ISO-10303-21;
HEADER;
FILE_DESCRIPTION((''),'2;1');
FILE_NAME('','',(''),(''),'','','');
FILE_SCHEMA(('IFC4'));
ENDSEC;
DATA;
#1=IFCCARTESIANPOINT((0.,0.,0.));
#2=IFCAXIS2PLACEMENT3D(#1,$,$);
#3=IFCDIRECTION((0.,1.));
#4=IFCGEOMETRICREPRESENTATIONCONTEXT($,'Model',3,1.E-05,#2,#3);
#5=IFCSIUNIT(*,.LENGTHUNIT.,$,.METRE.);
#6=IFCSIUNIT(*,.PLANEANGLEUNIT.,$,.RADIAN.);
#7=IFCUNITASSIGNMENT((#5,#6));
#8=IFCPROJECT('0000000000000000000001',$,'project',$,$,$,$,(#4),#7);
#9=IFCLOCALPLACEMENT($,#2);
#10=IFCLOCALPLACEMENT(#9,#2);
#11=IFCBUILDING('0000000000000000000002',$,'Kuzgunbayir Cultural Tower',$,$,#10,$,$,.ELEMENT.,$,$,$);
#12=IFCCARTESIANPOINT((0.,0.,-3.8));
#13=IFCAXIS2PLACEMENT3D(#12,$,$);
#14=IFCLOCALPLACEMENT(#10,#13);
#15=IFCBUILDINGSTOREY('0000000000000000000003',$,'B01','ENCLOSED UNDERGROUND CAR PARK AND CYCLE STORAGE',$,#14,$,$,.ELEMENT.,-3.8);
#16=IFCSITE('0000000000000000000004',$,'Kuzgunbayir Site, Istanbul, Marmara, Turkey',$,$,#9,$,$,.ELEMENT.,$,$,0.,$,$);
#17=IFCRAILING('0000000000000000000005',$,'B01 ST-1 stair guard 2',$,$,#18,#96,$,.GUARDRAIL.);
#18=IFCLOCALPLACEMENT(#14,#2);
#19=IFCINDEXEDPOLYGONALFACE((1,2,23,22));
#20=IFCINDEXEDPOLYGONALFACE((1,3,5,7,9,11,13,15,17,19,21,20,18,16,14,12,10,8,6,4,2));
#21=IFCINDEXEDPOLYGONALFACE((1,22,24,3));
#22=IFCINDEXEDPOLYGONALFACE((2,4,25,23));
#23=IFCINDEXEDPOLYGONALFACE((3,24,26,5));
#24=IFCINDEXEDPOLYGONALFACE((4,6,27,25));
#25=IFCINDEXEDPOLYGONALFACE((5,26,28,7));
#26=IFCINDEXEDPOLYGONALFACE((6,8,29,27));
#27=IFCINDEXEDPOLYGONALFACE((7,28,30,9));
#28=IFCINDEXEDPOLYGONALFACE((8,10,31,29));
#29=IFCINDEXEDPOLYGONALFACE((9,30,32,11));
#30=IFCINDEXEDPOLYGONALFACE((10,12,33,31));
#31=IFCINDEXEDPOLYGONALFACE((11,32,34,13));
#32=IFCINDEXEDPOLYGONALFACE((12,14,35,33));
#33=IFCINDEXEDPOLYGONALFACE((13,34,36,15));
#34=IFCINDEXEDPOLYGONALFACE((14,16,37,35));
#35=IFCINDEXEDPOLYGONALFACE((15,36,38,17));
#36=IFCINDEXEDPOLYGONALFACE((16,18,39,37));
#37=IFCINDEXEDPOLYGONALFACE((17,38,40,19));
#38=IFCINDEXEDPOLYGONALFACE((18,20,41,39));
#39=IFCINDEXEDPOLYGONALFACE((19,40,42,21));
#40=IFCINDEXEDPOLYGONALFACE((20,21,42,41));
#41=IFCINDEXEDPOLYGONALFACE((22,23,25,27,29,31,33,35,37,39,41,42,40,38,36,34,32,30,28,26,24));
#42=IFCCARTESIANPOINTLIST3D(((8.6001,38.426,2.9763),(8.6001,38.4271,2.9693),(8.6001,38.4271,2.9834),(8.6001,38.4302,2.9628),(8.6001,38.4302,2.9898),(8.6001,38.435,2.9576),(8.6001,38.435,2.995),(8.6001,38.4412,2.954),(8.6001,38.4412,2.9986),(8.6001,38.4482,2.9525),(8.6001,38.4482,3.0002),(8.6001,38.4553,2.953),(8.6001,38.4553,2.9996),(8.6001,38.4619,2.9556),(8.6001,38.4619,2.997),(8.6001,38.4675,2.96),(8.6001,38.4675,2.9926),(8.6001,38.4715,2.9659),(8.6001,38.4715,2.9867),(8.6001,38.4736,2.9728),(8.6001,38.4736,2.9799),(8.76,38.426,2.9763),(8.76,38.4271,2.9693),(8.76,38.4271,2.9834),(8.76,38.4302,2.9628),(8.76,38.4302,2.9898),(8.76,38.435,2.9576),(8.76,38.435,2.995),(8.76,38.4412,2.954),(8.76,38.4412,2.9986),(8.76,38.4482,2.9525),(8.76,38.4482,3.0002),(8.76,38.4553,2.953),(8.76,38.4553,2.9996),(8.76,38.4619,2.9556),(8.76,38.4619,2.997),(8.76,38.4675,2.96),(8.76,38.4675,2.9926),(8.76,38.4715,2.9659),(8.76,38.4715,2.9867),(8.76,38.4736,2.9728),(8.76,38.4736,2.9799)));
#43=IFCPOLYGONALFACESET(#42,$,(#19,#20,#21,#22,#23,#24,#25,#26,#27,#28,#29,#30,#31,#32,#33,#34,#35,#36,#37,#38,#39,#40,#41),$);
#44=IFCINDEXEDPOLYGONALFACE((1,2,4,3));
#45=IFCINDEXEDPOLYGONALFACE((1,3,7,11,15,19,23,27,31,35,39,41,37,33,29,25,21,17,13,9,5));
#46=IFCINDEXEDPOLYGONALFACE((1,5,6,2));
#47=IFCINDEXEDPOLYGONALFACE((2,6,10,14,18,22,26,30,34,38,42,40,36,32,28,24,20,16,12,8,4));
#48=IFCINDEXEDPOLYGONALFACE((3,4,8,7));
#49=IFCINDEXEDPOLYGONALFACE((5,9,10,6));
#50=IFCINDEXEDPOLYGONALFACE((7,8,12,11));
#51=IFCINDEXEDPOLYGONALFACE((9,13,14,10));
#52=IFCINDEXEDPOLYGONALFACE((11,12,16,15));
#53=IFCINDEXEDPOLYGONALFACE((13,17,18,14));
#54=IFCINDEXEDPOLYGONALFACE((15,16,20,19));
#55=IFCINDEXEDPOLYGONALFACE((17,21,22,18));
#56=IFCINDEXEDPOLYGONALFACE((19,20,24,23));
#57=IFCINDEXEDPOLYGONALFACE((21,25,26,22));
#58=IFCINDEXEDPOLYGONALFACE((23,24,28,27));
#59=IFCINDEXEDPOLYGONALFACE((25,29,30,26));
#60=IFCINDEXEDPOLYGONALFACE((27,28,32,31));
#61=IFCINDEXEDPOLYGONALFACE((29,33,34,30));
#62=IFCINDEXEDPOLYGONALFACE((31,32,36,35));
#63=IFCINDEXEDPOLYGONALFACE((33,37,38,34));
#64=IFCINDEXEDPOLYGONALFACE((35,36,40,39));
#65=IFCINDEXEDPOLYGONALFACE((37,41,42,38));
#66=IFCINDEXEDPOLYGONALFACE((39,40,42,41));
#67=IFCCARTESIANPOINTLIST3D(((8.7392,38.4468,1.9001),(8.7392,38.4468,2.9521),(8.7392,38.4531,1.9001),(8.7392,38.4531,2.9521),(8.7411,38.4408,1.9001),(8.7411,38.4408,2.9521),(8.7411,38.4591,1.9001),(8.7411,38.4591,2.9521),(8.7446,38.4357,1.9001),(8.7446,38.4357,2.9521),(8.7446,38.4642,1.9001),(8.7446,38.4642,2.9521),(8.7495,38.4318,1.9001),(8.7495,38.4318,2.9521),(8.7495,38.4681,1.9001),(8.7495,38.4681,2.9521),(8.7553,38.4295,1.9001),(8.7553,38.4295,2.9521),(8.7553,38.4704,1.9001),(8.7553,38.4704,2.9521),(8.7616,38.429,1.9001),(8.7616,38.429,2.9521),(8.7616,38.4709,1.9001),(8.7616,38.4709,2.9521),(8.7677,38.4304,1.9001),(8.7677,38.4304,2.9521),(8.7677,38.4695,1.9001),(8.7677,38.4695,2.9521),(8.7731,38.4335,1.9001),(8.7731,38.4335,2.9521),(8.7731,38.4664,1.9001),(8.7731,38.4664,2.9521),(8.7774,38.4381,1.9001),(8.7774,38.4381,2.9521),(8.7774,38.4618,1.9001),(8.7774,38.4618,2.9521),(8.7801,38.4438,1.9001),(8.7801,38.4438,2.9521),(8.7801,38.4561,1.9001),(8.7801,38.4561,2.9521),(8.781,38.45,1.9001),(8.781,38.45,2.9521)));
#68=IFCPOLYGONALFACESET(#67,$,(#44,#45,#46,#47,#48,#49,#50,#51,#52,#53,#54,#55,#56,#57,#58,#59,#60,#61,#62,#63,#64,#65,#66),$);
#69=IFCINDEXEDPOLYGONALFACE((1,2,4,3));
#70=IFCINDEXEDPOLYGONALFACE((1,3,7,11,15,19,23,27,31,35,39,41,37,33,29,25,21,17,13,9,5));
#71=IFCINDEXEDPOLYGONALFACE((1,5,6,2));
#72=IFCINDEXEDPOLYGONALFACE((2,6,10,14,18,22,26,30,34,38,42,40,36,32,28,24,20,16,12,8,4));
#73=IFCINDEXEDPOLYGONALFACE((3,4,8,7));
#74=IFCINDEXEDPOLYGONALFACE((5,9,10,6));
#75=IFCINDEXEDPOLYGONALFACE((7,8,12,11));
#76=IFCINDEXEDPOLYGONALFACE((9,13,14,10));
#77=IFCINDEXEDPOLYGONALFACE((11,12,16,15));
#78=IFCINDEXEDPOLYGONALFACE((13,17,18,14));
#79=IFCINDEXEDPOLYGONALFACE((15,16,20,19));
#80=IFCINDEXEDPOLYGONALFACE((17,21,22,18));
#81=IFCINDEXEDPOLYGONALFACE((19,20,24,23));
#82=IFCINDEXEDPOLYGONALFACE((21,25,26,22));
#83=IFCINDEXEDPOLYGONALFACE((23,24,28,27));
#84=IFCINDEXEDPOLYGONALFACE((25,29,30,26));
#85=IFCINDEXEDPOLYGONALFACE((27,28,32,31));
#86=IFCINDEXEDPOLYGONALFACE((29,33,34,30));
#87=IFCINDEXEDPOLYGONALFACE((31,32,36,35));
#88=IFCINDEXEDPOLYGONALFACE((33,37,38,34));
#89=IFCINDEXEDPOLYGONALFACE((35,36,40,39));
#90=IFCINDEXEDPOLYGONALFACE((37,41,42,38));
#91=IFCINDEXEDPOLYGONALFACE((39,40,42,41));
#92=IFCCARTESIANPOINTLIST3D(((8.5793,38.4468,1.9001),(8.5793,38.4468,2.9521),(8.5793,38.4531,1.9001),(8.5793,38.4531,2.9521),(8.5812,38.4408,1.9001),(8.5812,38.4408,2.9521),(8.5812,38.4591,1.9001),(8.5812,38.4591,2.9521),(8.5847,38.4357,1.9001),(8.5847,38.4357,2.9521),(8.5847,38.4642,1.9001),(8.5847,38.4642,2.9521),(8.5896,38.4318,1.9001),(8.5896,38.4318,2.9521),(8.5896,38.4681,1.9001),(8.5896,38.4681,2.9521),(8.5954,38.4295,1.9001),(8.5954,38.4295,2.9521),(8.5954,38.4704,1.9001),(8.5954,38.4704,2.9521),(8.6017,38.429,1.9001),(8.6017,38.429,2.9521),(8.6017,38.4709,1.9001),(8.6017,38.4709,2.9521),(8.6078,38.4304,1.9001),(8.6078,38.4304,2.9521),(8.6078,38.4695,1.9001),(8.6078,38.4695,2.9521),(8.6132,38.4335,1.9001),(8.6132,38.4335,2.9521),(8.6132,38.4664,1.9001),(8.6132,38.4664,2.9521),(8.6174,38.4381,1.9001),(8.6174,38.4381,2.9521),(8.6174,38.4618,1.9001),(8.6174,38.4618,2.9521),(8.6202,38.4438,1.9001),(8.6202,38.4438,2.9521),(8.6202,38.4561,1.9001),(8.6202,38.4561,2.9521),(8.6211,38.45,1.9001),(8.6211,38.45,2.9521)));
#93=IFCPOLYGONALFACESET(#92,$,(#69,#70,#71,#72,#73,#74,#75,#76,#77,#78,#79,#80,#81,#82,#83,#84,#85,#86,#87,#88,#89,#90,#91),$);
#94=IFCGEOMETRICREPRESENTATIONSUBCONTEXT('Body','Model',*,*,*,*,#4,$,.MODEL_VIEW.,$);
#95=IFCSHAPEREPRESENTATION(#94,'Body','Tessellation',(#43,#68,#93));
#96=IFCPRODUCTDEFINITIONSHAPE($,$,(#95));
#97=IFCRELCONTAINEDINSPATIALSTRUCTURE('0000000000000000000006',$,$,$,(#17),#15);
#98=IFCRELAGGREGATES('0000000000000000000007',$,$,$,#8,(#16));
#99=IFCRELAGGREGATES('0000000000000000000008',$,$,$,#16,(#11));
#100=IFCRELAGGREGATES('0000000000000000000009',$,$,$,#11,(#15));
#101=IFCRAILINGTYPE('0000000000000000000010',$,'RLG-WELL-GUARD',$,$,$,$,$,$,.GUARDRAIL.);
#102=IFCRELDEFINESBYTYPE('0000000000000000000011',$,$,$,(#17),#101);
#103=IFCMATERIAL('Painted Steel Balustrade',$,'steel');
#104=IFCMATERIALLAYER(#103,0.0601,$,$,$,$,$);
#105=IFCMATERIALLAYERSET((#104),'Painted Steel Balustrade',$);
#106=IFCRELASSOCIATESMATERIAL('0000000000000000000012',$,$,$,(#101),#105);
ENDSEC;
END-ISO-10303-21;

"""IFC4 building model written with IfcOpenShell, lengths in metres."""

from ifc_helpers import new_model, si_unit, direction, frame, origin, origin_2d, place, context, subcontext, project, spatial, circle, extrude, material, layer, layer_set, type_object, element, save


model = new_model("IFC4")

# Units and contexts
model_context = context("Model", 3, precision=1e-05, world=origin(), true_north=direction((0.0, 1.0)))
body_context = subcontext(model_context, "Body", "Model", "MODEL_VIEW")
ifc_project = project(units=[si_unit("LENGTHUNIT", "METRE"), si_unit("PLANEANGLEUNIT", "RADIAN")], contexts=[model_context])

# Site, building, storey
site_placement = place(None, origin())
site = spatial("IfcSite", under=ifc_project, at=site_placement, Name="Kuzgunbayir Site, Istanbul, Marmara, Turkey", CompositionType="ELEMENT", RefElevation=0.0)
building_placement = place(site_placement, origin())
building = spatial("IfcBuilding", under=site, at=building_placement, Name="Kuzgunbayir Cultural Tower", CompositionType="ELEMENT")
storey_placement = place(building_placement, frame((0.0, 0.0, -3.8)))
storey = spatial("IfcBuildingStorey", under=building, at=storey_placement, Name="B01", Description="ENCLOSED UNDERGROUND CAR PARK AND CYCLE STORAGE", CompositionType="ELEMENT", Elevation=-3.8)

# Railing
ifc_material_1 = material(Name="Painted Steel Balustrade", Category="steel")
ifc_layer_1 = layer(ifc_material_1, 0.0601)
ifc_layer_set_1 = layer_set([ifc_layer_1], Name="Painted Steel Balustrade")
railing_type_1 = type_object("IfcRailingType", Name="RLG-WELL-GUARD", PredefinedType="GUARDRAIL", material=ifc_layer_set_1)
railing_1_placement = place(storey_placement, frame((8.76, 38.45, 1.9001)))
element("IfcRailing", 1, at=railing_1_placement, inside=storey, type_object=railing_type_1, Name="B01 ST-1 stair guard 2", PredefinedType="GUARDRAIL", context=body_context, shape_type="SweptSolid", body=[
    extrude(circle(Radius=0.0239, at=origin_2d()), frame((0.0, 0.0, 1.0762), z_axis=(-1.0, 0.0, 0.0), x_axis=(0.0, -1.0, 0.0)), (0.0, 0.0, 1.0), 0.1599),
    extrude(circle(Radius=0.021, at=origin_2d()), origin(), (0.0, 0.0, 1.0), 1.052),
    extrude(circle(Radius=0.021, at=origin_2d()), frame((-0.1599, 0.0, 0.0)), (0.0, 0.0, 1.0), 1.052),
])

save(model, "model.ifc")
